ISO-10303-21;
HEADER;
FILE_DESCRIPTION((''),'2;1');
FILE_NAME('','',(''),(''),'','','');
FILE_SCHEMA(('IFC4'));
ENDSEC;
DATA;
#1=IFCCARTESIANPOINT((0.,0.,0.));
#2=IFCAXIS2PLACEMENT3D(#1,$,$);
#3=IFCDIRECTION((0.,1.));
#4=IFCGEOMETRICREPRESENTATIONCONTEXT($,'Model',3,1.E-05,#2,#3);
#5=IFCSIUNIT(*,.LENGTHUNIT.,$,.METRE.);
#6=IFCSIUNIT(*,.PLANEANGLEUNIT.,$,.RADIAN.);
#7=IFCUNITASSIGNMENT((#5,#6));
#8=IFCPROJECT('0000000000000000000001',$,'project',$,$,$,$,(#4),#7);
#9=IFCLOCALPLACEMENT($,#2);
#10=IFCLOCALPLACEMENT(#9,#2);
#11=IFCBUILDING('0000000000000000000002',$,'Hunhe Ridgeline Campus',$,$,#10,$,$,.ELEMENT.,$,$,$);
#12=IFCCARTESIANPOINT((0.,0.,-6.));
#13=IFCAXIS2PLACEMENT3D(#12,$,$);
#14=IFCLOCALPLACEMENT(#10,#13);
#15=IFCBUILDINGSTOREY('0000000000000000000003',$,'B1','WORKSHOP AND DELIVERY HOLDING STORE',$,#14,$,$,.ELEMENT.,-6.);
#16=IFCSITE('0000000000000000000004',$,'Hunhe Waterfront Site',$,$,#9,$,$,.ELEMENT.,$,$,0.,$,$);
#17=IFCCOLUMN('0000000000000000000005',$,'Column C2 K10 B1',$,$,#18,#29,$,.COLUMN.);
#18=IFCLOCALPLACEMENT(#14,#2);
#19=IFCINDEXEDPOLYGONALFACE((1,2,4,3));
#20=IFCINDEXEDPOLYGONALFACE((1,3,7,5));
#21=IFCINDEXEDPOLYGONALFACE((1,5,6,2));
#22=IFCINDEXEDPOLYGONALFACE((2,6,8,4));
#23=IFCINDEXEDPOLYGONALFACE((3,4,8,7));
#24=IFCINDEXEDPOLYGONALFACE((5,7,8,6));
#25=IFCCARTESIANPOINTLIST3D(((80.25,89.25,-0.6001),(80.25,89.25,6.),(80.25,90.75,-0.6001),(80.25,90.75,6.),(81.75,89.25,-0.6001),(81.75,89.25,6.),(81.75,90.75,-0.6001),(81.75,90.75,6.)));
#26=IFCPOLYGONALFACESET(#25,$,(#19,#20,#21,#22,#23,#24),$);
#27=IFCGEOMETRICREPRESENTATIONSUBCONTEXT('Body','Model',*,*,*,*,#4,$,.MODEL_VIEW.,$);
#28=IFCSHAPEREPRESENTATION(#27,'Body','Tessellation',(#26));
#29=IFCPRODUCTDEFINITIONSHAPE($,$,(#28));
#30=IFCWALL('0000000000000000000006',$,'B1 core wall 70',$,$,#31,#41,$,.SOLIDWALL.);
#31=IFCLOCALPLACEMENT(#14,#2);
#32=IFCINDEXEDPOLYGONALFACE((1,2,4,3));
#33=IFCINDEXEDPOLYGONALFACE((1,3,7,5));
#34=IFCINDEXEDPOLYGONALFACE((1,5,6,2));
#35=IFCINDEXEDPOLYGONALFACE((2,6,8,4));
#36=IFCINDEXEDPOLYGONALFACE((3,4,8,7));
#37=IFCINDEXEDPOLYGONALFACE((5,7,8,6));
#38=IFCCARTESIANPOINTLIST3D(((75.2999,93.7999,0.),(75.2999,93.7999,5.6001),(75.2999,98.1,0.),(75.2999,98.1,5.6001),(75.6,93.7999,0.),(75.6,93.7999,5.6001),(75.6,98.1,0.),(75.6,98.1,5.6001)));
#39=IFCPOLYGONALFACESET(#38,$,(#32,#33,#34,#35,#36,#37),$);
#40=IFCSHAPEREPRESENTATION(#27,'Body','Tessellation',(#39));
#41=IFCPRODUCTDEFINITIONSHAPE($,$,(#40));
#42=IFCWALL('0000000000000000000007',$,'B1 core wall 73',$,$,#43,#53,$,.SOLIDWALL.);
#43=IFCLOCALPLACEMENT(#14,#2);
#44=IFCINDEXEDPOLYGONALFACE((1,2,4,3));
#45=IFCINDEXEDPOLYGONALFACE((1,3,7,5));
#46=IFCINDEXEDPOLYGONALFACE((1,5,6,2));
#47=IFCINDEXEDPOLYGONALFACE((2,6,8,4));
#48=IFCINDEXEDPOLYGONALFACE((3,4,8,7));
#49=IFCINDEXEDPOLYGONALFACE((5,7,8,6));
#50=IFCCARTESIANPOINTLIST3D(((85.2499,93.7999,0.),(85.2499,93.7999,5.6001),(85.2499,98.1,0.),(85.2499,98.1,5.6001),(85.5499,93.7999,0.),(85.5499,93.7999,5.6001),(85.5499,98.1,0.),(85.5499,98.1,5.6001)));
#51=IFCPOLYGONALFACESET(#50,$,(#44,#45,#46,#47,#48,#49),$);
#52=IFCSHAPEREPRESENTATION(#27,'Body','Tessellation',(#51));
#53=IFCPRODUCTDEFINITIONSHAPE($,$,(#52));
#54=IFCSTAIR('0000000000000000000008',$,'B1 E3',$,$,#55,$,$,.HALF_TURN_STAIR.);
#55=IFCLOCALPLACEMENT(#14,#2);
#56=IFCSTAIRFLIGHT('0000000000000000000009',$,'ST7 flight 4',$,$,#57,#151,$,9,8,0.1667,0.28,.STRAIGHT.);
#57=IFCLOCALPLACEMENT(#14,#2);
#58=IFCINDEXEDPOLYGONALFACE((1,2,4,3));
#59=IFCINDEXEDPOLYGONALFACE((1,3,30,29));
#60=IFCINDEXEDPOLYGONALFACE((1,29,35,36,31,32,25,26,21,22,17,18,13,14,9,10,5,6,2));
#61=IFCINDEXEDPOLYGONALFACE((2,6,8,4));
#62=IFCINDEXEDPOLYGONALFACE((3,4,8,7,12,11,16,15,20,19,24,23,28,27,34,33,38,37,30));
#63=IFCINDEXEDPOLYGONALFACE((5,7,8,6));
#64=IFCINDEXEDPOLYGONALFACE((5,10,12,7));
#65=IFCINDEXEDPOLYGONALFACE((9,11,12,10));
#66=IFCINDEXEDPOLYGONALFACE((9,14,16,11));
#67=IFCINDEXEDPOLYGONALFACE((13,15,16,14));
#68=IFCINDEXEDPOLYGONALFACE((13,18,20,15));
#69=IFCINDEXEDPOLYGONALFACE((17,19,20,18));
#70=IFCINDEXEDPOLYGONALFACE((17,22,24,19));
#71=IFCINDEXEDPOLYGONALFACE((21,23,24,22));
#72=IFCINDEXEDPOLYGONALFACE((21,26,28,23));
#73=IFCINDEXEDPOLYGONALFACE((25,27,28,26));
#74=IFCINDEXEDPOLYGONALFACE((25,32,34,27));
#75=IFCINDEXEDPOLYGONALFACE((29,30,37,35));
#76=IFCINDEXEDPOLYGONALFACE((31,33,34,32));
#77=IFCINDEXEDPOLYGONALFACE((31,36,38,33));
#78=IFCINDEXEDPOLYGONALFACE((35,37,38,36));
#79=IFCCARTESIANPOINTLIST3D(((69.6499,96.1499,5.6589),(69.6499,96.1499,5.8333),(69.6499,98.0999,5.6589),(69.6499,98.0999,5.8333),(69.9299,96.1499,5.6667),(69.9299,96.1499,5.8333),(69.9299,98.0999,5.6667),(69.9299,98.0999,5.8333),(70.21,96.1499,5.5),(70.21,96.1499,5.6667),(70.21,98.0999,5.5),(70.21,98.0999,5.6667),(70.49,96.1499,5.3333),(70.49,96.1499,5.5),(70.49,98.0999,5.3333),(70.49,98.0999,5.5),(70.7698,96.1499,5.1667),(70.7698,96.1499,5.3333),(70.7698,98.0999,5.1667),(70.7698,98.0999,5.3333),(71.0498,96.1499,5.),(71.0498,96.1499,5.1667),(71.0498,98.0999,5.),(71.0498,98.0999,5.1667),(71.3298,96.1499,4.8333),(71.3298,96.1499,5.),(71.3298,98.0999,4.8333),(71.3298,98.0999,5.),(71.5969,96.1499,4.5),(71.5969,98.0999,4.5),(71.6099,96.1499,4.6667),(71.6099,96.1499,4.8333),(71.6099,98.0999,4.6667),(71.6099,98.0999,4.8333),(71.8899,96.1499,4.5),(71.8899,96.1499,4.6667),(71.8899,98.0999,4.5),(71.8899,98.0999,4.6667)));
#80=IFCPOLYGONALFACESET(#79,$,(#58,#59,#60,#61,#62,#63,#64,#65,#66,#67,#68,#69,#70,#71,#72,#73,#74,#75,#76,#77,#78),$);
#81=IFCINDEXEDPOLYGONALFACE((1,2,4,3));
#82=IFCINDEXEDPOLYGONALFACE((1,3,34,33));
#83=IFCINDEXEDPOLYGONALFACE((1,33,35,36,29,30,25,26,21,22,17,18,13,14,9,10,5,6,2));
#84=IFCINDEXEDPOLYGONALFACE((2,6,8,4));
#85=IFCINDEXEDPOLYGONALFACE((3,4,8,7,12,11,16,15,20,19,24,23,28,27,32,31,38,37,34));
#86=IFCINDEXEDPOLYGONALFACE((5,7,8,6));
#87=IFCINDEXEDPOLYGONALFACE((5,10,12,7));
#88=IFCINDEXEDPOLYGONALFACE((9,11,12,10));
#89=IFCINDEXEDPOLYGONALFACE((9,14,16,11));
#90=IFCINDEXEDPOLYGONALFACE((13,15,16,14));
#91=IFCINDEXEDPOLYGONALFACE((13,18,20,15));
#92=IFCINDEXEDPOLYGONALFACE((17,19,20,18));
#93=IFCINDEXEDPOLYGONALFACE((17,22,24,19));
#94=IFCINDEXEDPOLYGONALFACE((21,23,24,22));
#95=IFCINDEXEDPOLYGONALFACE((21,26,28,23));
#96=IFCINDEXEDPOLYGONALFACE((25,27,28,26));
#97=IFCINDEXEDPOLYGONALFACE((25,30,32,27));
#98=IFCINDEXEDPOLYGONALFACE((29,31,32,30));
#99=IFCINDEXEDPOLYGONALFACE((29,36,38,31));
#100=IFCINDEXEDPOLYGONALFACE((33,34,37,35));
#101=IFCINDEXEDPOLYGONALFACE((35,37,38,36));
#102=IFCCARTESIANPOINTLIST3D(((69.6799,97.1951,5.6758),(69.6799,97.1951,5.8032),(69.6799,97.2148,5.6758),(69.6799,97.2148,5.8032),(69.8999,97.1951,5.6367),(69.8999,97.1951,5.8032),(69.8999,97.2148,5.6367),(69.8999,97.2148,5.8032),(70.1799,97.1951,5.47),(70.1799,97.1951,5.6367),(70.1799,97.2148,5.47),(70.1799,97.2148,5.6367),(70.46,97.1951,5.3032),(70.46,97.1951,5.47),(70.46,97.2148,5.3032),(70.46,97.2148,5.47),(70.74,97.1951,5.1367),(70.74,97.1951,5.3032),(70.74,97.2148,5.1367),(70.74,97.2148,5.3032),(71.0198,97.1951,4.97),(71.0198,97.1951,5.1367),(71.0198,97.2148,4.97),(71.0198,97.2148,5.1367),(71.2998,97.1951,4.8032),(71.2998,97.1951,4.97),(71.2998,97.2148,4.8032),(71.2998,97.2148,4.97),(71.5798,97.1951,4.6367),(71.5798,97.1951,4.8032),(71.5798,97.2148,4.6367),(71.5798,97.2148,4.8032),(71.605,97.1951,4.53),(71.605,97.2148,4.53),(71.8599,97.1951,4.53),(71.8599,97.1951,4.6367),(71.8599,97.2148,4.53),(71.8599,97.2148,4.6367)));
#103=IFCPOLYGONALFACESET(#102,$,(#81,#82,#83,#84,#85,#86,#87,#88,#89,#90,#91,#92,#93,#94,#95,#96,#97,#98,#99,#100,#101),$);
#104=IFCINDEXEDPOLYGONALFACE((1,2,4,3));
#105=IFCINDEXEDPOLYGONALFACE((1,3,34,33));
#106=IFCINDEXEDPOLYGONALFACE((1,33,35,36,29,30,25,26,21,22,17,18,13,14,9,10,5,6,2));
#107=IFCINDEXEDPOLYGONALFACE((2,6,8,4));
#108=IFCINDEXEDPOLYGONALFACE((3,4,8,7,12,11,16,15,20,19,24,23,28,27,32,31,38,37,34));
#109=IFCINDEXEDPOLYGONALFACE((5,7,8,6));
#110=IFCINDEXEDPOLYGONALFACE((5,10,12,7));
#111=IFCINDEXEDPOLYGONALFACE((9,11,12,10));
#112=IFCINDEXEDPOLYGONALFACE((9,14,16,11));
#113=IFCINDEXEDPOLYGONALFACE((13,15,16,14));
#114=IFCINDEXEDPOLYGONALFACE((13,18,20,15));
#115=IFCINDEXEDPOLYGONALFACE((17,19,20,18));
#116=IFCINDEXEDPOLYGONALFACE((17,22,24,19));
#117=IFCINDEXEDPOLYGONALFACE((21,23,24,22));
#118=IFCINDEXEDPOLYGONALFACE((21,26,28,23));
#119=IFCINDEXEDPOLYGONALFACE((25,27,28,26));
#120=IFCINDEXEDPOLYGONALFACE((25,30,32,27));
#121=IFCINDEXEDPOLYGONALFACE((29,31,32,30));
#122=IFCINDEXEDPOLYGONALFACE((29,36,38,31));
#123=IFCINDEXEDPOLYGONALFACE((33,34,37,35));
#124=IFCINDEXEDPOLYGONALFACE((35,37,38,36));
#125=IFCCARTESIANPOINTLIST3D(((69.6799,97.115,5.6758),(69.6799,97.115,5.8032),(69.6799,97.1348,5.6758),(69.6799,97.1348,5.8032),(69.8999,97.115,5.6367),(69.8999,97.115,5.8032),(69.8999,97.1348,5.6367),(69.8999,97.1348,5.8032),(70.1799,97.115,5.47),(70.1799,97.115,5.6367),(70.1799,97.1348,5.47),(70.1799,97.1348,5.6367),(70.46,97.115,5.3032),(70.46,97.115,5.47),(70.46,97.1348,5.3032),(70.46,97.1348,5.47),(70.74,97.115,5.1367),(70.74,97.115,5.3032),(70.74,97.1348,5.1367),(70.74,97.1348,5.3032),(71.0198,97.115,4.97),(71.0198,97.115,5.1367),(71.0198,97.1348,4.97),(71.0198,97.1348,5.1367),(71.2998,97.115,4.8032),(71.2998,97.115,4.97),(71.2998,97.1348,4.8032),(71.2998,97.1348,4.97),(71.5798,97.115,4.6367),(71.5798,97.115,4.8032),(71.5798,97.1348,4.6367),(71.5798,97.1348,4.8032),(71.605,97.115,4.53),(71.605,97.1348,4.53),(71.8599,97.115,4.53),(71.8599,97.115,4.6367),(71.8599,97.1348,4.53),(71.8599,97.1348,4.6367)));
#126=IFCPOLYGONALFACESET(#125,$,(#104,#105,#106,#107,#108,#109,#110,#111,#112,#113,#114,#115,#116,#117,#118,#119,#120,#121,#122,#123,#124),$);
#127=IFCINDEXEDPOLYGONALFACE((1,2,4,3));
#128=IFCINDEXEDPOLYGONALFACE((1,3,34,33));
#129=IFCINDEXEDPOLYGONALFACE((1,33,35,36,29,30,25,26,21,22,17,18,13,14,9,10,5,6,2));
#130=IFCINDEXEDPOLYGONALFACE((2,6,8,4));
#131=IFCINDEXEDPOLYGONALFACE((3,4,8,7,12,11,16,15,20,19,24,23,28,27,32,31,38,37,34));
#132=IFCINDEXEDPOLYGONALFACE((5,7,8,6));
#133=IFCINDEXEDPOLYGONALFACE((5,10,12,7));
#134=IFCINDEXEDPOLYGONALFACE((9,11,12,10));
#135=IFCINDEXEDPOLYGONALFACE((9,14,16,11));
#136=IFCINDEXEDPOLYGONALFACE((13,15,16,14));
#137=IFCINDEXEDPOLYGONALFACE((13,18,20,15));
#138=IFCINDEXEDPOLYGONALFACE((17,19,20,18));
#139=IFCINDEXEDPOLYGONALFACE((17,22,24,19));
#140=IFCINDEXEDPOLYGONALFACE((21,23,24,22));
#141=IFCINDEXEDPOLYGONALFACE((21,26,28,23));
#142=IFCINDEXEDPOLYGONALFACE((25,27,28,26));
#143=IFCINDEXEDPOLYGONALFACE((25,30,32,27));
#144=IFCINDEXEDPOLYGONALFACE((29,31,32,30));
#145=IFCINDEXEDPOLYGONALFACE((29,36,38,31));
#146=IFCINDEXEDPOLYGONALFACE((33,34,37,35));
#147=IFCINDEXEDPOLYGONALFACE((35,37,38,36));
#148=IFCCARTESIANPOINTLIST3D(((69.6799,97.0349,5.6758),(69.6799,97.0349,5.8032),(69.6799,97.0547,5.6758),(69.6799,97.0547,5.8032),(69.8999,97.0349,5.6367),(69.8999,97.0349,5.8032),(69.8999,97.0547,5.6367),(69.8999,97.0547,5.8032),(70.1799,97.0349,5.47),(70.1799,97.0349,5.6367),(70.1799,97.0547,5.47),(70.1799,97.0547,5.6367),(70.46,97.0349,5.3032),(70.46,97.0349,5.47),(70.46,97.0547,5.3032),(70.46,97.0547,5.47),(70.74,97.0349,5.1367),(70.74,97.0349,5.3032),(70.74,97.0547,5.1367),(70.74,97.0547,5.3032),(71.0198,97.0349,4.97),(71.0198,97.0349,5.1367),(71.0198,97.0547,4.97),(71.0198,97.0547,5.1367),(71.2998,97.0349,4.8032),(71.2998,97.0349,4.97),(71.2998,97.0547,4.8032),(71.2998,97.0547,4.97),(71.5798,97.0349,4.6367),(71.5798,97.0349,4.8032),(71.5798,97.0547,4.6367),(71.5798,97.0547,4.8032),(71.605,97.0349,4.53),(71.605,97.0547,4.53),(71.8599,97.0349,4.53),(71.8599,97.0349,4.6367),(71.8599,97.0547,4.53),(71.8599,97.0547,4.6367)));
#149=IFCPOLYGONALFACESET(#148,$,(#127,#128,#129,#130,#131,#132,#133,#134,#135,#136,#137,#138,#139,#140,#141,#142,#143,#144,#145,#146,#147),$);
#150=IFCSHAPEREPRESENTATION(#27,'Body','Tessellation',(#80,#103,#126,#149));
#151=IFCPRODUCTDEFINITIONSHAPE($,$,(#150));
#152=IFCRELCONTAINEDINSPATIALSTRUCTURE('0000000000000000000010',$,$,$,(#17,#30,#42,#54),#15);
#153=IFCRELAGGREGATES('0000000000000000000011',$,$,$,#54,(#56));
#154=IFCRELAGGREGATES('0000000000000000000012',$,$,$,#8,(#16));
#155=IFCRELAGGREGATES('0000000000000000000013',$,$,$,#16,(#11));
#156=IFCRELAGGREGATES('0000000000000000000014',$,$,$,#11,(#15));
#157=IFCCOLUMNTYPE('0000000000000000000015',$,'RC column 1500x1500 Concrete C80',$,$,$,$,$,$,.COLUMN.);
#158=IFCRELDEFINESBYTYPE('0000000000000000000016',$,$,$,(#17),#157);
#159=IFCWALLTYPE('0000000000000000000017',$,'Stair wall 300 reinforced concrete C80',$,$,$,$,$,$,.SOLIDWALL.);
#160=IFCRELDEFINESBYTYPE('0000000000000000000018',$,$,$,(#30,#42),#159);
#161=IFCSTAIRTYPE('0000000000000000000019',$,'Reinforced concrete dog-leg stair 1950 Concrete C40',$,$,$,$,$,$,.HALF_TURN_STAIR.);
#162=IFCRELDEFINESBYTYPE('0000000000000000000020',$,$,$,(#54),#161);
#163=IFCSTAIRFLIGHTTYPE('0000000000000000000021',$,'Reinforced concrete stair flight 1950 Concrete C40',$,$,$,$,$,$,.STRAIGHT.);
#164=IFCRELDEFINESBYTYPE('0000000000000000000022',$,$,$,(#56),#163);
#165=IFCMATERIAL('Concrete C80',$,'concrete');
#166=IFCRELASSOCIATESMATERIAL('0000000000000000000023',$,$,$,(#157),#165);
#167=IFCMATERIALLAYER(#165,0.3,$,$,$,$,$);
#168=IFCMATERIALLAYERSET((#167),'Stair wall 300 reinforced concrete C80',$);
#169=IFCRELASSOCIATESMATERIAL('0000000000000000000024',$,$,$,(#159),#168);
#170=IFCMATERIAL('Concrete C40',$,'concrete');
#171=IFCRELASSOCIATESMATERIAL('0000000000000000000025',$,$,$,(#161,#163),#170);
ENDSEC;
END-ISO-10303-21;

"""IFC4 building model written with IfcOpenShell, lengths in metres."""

from ifc_helpers import new_model, si_unit, direction, frame, frame_2d, origin, origin_2d, place, context, subcontext, project, spatial, polyline, rectangle, outline, extrude, material, layer, layer_set, material_profile, profile_set, type_object, element, aggregate, save


model = new_model("IFC4")

# Units and contexts
model_context = context("Model", 3, precision=1e-05, world=origin(), true_north=direction((0.0, 1.0)))
body_context = subcontext(model_context, "Body", "Model", "MODEL_VIEW")
ifc_project = project(units=[si_unit("LENGTHUNIT", "METRE"), si_unit("PLANEANGLEUNIT", "RADIAN")], contexts=[model_context])

# Site, building, storey
site_placement = place(None, origin())
site = spatial("IfcSite", under=ifc_project, at=site_placement, Name="Hunhe Waterfront Site", CompositionType="ELEMENT", RefElevation=0.0)
building_placement = place(site_placement, origin())
building = spatial("IfcBuilding", under=site, at=building_placement, Name="Hunhe Ridgeline Campus", CompositionType="ELEMENT")
storey_placement = place(building_placement, frame((0.0, 0.0, -6.0)))
storey = spatial("IfcBuildingStorey", under=building, at=storey_placement, Name="B1", Description="WORKSHOP AND DELIVERY HOLDING STORE", CompositionType="ELEMENT", Elevation=-6.0)

# Column
ifc_material_1 = material(Name="Concrete C80", Category="concrete")
ifc_material_profile_1 = material_profile(ifc_material_1, rectangle(XDim=1.5, YDim=1.5, at=origin_2d()))
ifc_profile_set_1 = profile_set([ifc_material_profile_1], Name="Concrete C80")
column_type = type_object("IfcColumnType", Name="RC column 1500x1500 Concrete C80", PredefinedType="COLUMN", material=ifc_profile_set_1)
for number, where, z_axis, x_axis, name in (
    (1, (81.0, 90.0, -0.6001), (0.0, 0.0, 1.0), (1.0, 0.0, 0.0), "Column C2 K10 B1"),
):
    element("IfcColumn", number, at=place(storey_placement, frame(where, z_axis=z_axis, x_axis=x_axis)), inside=storey, type_object=column_type, Name=name, PredefinedType="COLUMN", context=body_context, shape_type="SweptSolid", body=[
        extrude(rectangle(XDim=1.5, YDim=1.5, at=origin_2d()), origin(), (0.0, 0.0, 1.0), 6.6001),
    ])

# Shared definitions
ifc_layer = layer(ifc_material_1, 0.3)
ifc_layer_set = layer_set([ifc_layer], Name="Stair wall 300 reinforced concrete C80")
wall_type = type_object("IfcWallType", Name="Stair wall 300 reinforced concrete C80", PredefinedType="SOLIDWALL", material=ifc_layer_set)

# Walls
for number, where, z_axis, x_axis, name in (
    (2, (75.45, 93.8, 0.0), (0.0, 0.0, 1.0), (0.0, 1.0, 0.0), "B1 core wall 70"),
    (3, (85.3999, 93.8, 0.0), (0.0, 0.0, 1.0), (0.0, 1.0, 0.0), "B1 core wall 73"),
):
    element("IfcWall", number, at=place(storey_placement, frame(where, z_axis=z_axis, x_axis=x_axis)), inside=storey, type_object=wall_type, Name=name, PredefinedType="SOLIDWALL", context=body_context, shape_type="SweptSolid", body=[
        extrude(rectangle(XDim=4.3, YDim=0.3, at=frame_2d((2.1499, 0.0))), origin(), (0.0, 0.0, 1.0), 5.6001),
    ])

# Stair, stair flight
ifc_material_2 = material(Name="Concrete C40", Category="concrete")
stair_type = type_object("IfcStairType", Name="Reinforced concrete dog-leg stair 1950 Concrete C40", PredefinedType="HALF_TURN_STAIR", material=ifc_material_2)
stair_1_placement = place(storey_placement, origin())
stair_1 = element("IfcStair", 4, at=stair_1_placement, inside=storey, type_object=stair_type, Name="B1 E3", PredefinedType="HALF_TURN_STAIR")
stair_flight_type = type_object("IfcStairFlightType", Name="Reinforced concrete stair flight 1950 Concrete C40", PredefinedType="STRAIGHT", material=ifc_material_2)
stair_flight_1_placement = place(storey_placement, frame((71.8899, 97.125, 4.5), z_axis=(0.0, 0.0, 1.0), x_axis=(-1.0, 0.0, 0.0)))
stair_flight_1 = element("IfcStairFlight", 5, at=stair_flight_1_placement, type_object=stair_flight_type, Name="ST7 flight 4", NumberOfRisers=9, NumberOfTreads=8, PredefinedType="STRAIGHT", RiserHeight=0.1667, TreadLength=0.28, context=body_context, shape_type="SweptSolid", body=[
    extrude(outline(polyline([(0.0, 0.0), (0.0, 0.1667), (0.28, 0.1667), (0.28, 0.3333), (0.5601, 0.3333), (0.5601, 0.5), (0.8401, 0.5), (0.8401, 0.6667), (1.1201, 0.6667), (1.1201, 0.8333), (1.3999, 0.8333), (1.3999, 1.0), (1.6799, 1.0), (1.6799, 1.1667), (1.96, 1.1667), (1.96, 1.3333), (2.24, 1.3333), (2.24, 1.5), (2.24, 1.1589), (0.293, 0.0), (0.0, 0.0)])), frame((0.0, 0.9751, 0.0), z_axis=(0.0, -1.0, 0.0), x_axis=(1.0, 0.0, 0.0)), (0.0, 0.0, 1.0), 1.95),
    extrude(outline(polyline([(0.03, 0.03), (0.03, 0.1367), (0.3101, 0.1367), (0.3101, 0.3032), (0.5901, 0.3032), (0.5901, 0.47), (0.8701, 0.47), (0.8701, 0.6367), (1.1499, 0.6367), (1.1499, 0.8032), (1.4299, 0.8032), (1.4299, 0.97), (1.71, 0.97), (1.71, 1.1367), (1.99, 1.1367), (1.99, 1.3032), (2.21, 1.3032), (2.21, 1.1758), (0.2849, 0.03), (0.03, 0.03)])), frame((0.0, -0.0701, 0.0), z_axis=(0.0, -1.0, 0.0), x_axis=(1.0, 0.0, 0.0)), (0.0, 0.0, 1.0), 0.0198),
    extrude(outline(polyline([(0.03, 0.03), (0.03, 0.1367), (0.3101, 0.1367), (0.3101, 0.3032), (0.5901, 0.3032), (0.5901, 0.47), (0.8701, 0.47), (0.8701, 0.6367), (1.1499, 0.6367), (1.1499, 0.8032), (1.4299, 0.8032), (1.4299, 0.97), (1.71, 0.97), (1.71, 1.1367), (1.99, 1.1367), (1.99, 1.3032), (2.21, 1.3032), (2.21, 1.1758), (0.2849, 0.03), (0.03, 0.03)])), frame((0.0, 0.01, 0.0), z_axis=(0.0, -1.0, 0.0), x_axis=(1.0, 0.0, 0.0)), (0.0, 0.0, 1.0), 0.0198),
    extrude(outline(polyline([(0.03, 0.03), (0.03, 0.1367), (0.3101, 0.1367), (0.3101, 0.3032), (0.5901, 0.3032), (0.5901, 0.47), (0.8701, 0.47), (0.8701, 0.6367), (1.1499, 0.6367), (1.1499, 0.8032), (1.4299, 0.8032), (1.4299, 0.97), (1.71, 0.97), (1.71, 1.1367), (1.99, 1.1367), (1.99, 1.3032), (2.21, 1.3032), (2.21, 1.1758), (0.2849, 0.03), (0.03, 0.03)])), frame((0.0, 0.0901, 0.0), z_axis=(0.0, -1.0, 0.0), x_axis=(1.0, 0.0, 0.0)), (0.0, 0.0, 1.0), 0.0198),
])
aggregate(stair_1, [stair_flight_1])

save(model, "model.ifc")
